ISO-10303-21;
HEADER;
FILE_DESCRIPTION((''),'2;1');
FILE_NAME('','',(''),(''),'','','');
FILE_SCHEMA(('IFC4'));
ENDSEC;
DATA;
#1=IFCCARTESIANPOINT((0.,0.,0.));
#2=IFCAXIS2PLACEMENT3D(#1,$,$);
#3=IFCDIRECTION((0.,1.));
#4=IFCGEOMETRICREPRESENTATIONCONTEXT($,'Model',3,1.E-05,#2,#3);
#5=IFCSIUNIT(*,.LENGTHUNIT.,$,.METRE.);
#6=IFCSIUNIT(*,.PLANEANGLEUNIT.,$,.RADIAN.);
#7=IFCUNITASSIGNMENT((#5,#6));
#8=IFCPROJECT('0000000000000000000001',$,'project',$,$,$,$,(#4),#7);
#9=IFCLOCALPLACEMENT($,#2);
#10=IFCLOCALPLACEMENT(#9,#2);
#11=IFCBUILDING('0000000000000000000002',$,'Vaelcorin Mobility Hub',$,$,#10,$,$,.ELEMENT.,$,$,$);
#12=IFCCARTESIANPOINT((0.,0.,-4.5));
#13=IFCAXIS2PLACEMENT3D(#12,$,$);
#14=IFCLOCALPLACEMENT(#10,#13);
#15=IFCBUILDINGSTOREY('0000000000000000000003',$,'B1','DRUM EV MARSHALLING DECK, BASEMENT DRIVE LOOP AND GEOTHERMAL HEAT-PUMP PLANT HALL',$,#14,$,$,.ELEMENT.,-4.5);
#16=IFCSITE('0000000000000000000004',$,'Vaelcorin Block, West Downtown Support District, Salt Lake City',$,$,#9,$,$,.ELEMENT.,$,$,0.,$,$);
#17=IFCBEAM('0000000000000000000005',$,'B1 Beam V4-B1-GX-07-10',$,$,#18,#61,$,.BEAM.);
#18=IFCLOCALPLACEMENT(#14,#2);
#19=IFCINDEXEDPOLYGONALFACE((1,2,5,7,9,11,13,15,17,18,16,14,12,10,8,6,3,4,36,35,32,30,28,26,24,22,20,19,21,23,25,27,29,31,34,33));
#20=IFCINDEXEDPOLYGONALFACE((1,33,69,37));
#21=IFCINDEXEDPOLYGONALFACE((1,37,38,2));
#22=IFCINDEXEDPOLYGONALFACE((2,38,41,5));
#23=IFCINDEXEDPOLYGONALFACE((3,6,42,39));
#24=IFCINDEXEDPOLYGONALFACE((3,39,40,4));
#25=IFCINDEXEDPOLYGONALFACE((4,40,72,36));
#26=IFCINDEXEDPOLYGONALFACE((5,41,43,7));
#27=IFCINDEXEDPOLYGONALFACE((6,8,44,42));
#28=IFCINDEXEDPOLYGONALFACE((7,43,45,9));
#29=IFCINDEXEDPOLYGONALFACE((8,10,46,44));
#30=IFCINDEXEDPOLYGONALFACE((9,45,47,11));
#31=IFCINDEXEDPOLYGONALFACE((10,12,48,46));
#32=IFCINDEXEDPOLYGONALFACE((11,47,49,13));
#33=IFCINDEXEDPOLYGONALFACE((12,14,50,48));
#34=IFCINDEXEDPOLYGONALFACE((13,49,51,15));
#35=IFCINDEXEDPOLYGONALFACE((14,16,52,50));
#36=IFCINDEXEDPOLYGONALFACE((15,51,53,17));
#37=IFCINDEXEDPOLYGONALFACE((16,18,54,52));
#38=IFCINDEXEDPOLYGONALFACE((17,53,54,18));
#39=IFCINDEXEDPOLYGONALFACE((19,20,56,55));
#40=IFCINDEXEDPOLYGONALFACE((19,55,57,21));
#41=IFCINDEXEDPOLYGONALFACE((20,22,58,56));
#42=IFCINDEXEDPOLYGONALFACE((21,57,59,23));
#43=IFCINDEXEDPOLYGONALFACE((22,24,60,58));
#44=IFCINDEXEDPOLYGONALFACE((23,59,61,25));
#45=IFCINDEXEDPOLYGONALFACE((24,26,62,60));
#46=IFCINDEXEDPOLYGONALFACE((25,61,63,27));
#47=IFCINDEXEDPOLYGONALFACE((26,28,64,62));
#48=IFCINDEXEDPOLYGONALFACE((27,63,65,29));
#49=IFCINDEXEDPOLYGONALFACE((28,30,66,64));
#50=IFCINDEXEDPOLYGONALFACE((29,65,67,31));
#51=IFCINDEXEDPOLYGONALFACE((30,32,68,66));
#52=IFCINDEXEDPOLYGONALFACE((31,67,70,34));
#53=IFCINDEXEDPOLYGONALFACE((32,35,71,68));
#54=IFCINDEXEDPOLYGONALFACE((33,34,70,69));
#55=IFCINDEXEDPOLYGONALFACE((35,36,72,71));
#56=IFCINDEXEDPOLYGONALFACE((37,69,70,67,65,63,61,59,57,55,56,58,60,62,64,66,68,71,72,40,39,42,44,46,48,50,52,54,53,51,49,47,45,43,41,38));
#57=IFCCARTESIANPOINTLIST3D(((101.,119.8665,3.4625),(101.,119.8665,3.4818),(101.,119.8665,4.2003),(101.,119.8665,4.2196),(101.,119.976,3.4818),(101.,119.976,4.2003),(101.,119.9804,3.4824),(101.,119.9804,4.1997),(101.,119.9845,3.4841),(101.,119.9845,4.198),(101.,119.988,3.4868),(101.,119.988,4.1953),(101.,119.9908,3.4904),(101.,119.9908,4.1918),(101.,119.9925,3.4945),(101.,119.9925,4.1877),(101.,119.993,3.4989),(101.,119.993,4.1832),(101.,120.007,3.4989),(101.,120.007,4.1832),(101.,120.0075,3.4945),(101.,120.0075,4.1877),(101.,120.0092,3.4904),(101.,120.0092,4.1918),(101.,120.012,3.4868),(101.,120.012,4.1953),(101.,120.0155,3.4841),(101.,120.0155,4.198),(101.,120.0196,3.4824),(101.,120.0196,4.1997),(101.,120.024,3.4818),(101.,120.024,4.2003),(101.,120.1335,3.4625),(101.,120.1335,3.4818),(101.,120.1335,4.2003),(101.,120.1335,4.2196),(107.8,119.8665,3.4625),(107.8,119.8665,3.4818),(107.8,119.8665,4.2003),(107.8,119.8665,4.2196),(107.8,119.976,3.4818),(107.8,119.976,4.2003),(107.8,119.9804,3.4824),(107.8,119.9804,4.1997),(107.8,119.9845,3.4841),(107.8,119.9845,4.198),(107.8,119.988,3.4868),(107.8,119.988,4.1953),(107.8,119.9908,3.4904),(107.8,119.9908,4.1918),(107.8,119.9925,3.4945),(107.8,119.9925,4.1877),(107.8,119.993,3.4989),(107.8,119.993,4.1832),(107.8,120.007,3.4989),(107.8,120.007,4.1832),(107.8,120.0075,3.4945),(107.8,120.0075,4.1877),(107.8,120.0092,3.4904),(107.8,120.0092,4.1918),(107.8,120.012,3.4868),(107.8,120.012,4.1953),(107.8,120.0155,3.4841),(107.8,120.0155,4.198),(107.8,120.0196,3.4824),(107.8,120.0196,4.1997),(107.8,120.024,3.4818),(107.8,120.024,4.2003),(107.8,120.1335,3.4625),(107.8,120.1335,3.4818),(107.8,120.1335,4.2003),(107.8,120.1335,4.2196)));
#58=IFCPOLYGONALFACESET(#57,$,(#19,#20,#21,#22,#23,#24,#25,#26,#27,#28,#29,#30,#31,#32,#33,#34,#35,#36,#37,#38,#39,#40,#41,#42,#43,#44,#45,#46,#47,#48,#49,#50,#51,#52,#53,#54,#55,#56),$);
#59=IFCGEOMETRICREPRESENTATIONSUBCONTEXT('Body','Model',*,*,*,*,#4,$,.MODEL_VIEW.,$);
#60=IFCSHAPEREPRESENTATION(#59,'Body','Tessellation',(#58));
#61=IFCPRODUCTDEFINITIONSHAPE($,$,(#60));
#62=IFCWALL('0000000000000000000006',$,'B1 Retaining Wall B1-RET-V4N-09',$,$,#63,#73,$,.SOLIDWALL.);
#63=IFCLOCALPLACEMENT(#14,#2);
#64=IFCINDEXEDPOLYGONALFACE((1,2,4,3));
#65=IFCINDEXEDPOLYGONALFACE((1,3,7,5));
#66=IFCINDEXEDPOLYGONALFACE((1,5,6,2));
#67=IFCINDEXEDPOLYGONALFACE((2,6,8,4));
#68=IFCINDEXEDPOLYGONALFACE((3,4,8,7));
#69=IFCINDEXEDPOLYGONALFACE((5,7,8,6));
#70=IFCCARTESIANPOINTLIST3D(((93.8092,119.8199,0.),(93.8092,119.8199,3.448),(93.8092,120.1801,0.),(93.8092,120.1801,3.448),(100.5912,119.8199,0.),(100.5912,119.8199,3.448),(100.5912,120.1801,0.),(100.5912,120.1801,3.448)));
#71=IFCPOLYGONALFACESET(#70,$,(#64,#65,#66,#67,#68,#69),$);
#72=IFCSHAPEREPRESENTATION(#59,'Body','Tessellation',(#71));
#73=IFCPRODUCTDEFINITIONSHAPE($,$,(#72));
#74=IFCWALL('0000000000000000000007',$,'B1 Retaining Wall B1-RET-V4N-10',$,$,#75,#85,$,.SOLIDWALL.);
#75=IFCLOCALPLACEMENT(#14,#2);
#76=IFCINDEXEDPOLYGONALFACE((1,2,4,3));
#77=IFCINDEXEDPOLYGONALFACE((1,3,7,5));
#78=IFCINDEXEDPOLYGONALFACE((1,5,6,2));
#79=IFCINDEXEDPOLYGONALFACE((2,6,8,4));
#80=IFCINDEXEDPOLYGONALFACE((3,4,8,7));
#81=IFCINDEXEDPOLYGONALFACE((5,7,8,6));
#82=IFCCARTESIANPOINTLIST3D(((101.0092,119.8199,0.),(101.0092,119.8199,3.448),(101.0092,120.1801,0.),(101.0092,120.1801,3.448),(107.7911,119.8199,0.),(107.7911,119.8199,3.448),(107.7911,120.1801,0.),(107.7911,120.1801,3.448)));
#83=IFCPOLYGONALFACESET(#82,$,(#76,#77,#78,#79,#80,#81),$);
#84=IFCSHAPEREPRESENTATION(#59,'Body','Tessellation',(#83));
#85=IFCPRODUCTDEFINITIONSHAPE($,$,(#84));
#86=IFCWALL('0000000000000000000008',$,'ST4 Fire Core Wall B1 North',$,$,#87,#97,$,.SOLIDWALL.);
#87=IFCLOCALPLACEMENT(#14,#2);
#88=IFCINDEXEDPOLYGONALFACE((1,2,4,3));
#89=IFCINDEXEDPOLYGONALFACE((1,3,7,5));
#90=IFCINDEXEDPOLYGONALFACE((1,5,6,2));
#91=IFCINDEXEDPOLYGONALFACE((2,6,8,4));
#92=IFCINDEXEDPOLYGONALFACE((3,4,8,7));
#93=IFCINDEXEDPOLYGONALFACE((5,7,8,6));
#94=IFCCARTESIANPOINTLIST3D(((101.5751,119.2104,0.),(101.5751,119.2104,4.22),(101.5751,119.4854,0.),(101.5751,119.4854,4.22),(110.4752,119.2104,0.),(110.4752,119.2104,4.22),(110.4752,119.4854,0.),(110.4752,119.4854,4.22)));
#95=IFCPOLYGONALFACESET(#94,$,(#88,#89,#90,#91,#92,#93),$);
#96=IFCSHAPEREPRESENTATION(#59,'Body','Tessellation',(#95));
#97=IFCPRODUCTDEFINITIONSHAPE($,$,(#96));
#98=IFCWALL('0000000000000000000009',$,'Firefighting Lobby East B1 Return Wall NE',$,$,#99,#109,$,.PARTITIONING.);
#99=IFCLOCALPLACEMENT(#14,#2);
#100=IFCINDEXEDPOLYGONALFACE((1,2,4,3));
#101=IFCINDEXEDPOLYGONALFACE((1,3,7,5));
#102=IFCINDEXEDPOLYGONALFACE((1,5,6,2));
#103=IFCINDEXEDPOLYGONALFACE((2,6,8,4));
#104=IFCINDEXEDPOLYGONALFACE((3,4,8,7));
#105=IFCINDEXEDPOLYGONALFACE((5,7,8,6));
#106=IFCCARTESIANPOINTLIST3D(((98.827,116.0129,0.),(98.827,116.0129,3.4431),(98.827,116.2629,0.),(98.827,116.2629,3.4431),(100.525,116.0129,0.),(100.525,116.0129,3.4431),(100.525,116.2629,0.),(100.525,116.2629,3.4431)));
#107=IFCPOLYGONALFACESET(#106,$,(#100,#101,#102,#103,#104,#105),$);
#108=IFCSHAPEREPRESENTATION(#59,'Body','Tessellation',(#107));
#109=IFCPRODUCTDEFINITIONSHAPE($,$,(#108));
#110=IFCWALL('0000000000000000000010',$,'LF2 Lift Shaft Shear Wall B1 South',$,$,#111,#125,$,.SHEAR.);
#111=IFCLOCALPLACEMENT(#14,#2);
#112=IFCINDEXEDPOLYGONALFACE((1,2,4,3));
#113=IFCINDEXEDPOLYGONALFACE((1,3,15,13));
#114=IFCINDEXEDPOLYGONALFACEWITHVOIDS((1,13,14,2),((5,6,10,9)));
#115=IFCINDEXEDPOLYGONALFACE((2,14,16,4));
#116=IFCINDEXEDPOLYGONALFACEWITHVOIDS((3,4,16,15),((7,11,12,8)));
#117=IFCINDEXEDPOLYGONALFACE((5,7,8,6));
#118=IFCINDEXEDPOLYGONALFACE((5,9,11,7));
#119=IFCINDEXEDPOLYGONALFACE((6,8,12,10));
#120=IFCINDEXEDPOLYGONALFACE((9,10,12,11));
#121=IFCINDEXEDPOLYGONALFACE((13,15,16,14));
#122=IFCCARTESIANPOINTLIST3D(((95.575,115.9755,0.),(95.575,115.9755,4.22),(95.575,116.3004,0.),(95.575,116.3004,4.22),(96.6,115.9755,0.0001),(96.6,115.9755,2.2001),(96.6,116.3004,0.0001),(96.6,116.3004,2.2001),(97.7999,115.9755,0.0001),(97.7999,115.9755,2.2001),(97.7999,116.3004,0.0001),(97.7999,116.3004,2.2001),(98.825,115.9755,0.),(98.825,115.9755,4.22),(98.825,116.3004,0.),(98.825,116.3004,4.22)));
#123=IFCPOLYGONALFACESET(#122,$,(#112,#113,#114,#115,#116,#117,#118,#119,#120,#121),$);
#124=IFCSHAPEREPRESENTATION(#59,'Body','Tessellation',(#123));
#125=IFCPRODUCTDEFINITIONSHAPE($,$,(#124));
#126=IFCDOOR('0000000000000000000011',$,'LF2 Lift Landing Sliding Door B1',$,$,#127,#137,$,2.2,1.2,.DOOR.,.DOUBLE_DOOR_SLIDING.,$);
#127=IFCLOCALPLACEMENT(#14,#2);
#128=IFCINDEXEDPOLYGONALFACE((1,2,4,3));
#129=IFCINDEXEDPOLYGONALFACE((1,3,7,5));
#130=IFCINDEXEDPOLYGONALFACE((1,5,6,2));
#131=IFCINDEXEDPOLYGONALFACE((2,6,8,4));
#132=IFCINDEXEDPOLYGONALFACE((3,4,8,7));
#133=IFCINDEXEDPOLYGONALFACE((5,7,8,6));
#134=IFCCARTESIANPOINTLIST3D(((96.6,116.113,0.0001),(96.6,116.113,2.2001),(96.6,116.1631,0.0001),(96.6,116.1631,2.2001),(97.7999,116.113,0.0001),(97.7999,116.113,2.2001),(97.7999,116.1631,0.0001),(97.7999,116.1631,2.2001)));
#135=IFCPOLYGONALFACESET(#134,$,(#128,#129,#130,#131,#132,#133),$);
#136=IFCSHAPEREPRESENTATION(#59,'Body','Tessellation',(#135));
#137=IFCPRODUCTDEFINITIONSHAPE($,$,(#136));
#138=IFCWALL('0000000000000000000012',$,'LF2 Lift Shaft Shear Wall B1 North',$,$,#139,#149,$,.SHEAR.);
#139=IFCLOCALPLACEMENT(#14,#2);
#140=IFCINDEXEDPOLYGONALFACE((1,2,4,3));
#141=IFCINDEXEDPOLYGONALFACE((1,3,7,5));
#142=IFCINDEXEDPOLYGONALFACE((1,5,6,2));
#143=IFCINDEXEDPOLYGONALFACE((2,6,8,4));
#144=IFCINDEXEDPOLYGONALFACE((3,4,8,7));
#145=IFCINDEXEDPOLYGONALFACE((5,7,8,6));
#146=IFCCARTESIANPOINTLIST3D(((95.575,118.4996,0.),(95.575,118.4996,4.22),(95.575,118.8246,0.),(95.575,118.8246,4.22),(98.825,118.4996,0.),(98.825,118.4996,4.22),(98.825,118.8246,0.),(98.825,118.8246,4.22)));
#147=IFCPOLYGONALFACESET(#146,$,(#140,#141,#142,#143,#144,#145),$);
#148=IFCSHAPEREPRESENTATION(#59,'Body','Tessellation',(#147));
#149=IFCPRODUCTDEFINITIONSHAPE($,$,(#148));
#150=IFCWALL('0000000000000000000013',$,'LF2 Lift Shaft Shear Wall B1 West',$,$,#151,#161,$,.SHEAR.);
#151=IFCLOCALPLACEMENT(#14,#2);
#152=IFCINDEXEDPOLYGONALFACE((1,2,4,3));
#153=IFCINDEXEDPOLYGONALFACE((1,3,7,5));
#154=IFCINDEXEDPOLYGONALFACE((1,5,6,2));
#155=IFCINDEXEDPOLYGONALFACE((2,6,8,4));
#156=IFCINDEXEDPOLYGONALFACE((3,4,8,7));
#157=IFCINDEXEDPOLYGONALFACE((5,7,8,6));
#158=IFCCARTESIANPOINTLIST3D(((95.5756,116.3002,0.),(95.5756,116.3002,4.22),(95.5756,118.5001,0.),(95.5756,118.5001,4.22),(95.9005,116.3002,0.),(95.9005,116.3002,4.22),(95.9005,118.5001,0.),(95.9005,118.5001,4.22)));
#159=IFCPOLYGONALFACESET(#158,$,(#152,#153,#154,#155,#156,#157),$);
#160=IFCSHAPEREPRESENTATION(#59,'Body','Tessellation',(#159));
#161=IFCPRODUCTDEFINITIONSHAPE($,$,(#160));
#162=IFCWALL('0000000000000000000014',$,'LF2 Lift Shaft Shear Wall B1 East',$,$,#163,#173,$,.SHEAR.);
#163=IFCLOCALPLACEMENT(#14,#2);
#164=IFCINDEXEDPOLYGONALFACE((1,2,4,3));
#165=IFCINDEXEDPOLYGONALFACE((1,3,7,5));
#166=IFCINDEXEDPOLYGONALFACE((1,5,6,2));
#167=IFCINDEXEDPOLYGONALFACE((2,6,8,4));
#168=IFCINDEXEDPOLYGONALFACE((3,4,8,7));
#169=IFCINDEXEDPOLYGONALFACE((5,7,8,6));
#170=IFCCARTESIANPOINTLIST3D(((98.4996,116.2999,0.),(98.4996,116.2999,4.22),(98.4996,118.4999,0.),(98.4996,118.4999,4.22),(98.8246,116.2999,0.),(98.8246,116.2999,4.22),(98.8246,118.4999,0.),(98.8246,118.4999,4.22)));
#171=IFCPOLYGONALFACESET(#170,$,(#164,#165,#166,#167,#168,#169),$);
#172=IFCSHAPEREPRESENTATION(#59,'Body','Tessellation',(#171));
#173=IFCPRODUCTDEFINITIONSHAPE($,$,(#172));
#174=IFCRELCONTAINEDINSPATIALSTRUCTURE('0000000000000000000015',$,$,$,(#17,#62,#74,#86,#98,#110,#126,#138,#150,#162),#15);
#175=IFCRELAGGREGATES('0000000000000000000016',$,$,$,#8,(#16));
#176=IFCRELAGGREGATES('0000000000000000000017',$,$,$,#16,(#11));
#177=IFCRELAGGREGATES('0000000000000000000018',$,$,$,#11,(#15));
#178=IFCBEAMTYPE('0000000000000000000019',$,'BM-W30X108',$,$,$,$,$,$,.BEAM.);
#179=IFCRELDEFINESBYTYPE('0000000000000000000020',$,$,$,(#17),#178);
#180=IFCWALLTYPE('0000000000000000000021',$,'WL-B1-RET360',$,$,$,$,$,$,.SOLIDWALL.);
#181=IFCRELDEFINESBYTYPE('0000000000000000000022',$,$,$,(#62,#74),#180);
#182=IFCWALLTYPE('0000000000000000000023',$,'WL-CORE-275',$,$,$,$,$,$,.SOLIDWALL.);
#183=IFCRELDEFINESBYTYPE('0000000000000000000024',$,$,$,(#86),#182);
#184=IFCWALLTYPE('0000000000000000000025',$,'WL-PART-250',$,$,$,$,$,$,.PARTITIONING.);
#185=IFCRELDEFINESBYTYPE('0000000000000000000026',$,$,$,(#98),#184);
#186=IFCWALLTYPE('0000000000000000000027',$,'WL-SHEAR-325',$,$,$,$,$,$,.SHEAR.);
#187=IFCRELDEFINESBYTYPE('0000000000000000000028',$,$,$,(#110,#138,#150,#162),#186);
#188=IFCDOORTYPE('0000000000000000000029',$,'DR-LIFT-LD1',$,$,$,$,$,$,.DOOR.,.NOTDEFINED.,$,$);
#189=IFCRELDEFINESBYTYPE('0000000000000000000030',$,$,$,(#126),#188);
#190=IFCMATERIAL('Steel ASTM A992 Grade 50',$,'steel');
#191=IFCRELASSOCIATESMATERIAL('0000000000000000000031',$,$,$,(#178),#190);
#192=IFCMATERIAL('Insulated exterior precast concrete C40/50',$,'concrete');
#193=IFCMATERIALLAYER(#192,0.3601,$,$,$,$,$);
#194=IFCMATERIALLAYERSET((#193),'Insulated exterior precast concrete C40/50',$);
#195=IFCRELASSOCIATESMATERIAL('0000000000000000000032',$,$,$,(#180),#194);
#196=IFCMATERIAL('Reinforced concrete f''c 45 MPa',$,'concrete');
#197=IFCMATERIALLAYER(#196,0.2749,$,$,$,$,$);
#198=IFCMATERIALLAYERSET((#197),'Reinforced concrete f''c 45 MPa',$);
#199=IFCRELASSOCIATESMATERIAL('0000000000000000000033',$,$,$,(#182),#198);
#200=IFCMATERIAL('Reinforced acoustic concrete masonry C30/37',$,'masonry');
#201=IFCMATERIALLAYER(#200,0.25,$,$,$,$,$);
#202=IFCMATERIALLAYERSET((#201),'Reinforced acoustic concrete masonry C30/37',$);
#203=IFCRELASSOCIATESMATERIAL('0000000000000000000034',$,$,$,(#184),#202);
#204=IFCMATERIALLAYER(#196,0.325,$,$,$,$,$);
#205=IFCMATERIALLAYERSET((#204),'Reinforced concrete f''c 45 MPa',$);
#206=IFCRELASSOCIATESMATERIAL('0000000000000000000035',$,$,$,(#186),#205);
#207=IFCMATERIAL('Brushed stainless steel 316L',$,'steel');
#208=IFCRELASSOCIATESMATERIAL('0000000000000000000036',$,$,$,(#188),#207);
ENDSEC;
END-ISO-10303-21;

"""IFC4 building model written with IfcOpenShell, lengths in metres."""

from ifc_helpers import new_model, si_unit, direction, frame, frame_2d, origin, origin_2d, place, context, subcontext, project, spatial, rectangle, i_section, extrude, material, layer, layer_set, material_profile, profile_set, type_object, element, fill, save


model = new_model("IFC4")

# Units and contexts
model_context = context("Model", 3, precision=1e-05, world=origin(), true_north=direction((0.0, 1.0)))
body_context = subcontext(model_context, "Body", "Model", "MODEL_VIEW")
ifc_project = project(units=[si_unit("LENGTHUNIT", "METRE"), si_unit("PLANEANGLEUNIT", "RADIAN")], contexts=[model_context])

# Site, building, storey
site_placement = place(None, origin())
site = spatial("IfcSite", under=ifc_project, at=site_placement, Name="Vaelcorin Block, West Downtown Support District, Salt Lake City", CompositionType="ELEMENT", RefElevation=0.0)
building_placement = place(site_placement, origin())
building = spatial("IfcBuilding", under=site, at=building_placement, Name="Vaelcorin Mobility Hub", CompositionType="ELEMENT")
storey_placement = place(building_placement, frame((0.0, 0.0, -4.5)))
storey = spatial("IfcBuildingStorey", under=building, at=storey_placement, Name="B1", Description="DRUM EV MARSHALLING DECK, BASEMENT DRIVE LOOP AND GEOTHERMAL HEAT-PUMP PLANT HALL", CompositionType="ELEMENT", Elevation=-4.5)

# Shared definitions
ifc_material_1 = material(Name="Steel ASTM A992 Grade 50", Category="steel")

# Beam
ifc_material_profile_1 = material_profile(ifc_material_1, i_section(OverallWidth=0.2671, OverallDepth=0.7571, WebThickness=0.0139, FlangeThickness=0.0193, FilletRadius=0.0171, at=origin_2d()), Name="W30X108")
ifc_profile_set_1 = profile_set([ifc_material_profile_1], Name="Steel ASTM A992 Grade 50")
beam_type = type_object("IfcBeamType", Name="BM-W30X108", PredefinedType="BEAM", material=ifc_profile_set_1)
for number, where, z_axis, x_axis, name in (
    (1, (101.0, 120.0, 3.8411), (1.0, 0.0, 0.0), (0.0, 1.0, 0.0), "B1 Beam V4-B1-GX-07-10"),
):
    element("IfcBeam", number, at=place(storey_placement, frame(where, z_axis=z_axis, x_axis=x_axis)), inside=storey, type_object=beam_type, Name=name, PredefinedType="BEAM", context=body_context, shape_type="SweptSolid", body=[
        extrude(i_section(OverallWidth=0.2671, OverallDepth=0.7571, WebThickness=0.0139, FlangeThickness=0.0193, FilletRadius=0.0171, at=origin_2d()), origin(), (0.0, 0.0, 1.0), 6.8),
    ])

# Walls
ifc_material_2 = material(Name="Insulated exterior precast concrete C40/50", Category="concrete")
ifc_layer_1 = layer(ifc_material_2, 0.3601)
ifc_layer_set_1 = layer_set([ifc_layer_1], Name="Insulated exterior precast concrete C40/50")
wall_type_1 = type_object("IfcWallType", Name="WL-B1-RET360", PredefinedType="SOLIDWALL", material=ifc_layer_set_1)
for number, where, z_axis, x_axis, name in (
    (2, (93.8091, 120.0, 0.0), (0.0, 0.0, 1.0), (1.0, 0.0, 0.0), "B1 Retaining Wall B1-RET-V4N-09"),
    (3, (101.009, 120.0, 0.0), (0.0, 0.0, 1.0), (1.0, 0.0, 0.0), "B1 Retaining Wall B1-RET-V4N-10"),
):
    element("IfcWall", number, at=place(storey_placement, frame(where, z_axis=z_axis, x_axis=x_axis)), inside=storey, type_object=wall_type_1, Name=name, PredefinedType="SOLIDWALL", context=body_context, shape_type="SweptSolid", body=[
        extrude(rectangle(XDim=6.782, YDim=0.3601, at=frame_2d((3.3911, 0.0))), origin(), (0.0, 0.0, 1.0), 3.448),
    ])
ifc_material_3 = material(Name="Reinforced concrete f'c 45 MPa", Category="concrete")
ifc_layer_2 = layer(ifc_material_3, 0.2749)
ifc_layer_set_2 = layer_set([ifc_layer_2], Name="Reinforced concrete f'c 45 MPa")
wall_type_2 = type_object("IfcWallType", Name="WL-CORE-275", PredefinedType="SOLIDWALL", material=ifc_layer_set_2)
wall_1_placement = place(storey_placement, frame((101.575, 119.3479, 0.0), z_axis=(0.0, 0.0, 1.0), x_axis=(1.0, 0.0, 0.0)))
element("IfcWall", 4, at=wall_1_placement, inside=storey, type_object=wall_type_2, Name="ST4 Fire Core Wall B1 North", PredefinedType="SOLIDWALL", context=body_context, shape_type="SweptSolid", body=[
    extrude(rectangle(XDim=8.9001, YDim=0.2749, at=frame_2d((4.4502, 0.0))), origin(), (0.0, 0.0, 1.0), 4.22),
])
ifc_material_4 = material(Name="Reinforced acoustic concrete masonry C30/37", Category="masonry")
ifc_layer_3 = layer(ifc_material_4, 0.25)
ifc_layer_set_3 = layer_set([ifc_layer_3], Name="Reinforced acoustic concrete masonry C30/37")
wall_type_3 = type_object("IfcWallType", Name="WL-PART-250", PredefinedType="PARTITIONING", material=ifc_layer_set_3)
wall_2_placement = place(storey_placement, frame((98.8269, 116.1379, 0.0), z_axis=(0.0, 0.0, 1.0), x_axis=(1.0, 0.0, 0.0)))
element("IfcWall", 5, at=wall_2_placement, inside=storey, type_object=wall_type_3, Name="Firefighting Lobby East B1 Return Wall NE", PredefinedType="PARTITIONING", context=body_context, shape_type="SweptSolid", body=[
    extrude(rectangle(XDim=1.698, YDim=0.25, at=frame_2d((0.8491, 0.0))), origin(), (0.0, 0.0, 1.0), 3.4431),
])

# Wall, opening, door
ifc_layer_4 = layer(ifc_material_3, 0.325)
ifc_layer_set_4 = layer_set([ifc_layer_4], Name="Reinforced concrete f'c 45 MPa")
wall_type_4 = type_object("IfcWallType", Name="WL-SHEAR-325", PredefinedType="SHEAR", material=ifc_layer_set_4)
wall_3_placement = place(storey_placement, frame((98.825, 116.1379, 0.0), z_axis=(0.0, 0.0, 1.0), x_axis=(-1.0, 0.0, 0.0)))
wall_3 = element("IfcWall", 6, at=wall_3_placement, inside=storey, type_object=wall_type_4, Name="LF2 Lift Shaft Shear Wall B1 South", PredefinedType="SHEAR", context=body_context, shape_type="SweptSolid", body=[
    extrude(rectangle(XDim=3.25, YDim=0.325, at=frame_2d((1.625, 0.0))), origin(), (0.0, 0.0, 1.0), 4.22),
])
opening_placement = place(wall_3_placement, frame((1.0249, 0.0, 0.0)))
opening = element("IfcOpeningElement", 7, at=opening_placement, cuts=wall_3, PredefinedType="OPENING", context=body_context, shape_type="SweptSolid", body=[
    extrude(rectangle(XDim=1.2, YDim=2.2, at=frame_2d((0.6001, 1.1001))), frame((0.0, 0.1724, 0.0), z_axis=(0.0, -1.0, 0.0), x_axis=(1.0, 0.0, 0.0)), (0.0, 0.0, 1.0), 0.345),
])
ifc_material_5 = material(Name="Brushed stainless steel 316L", Category="steel")
door_type = type_object("IfcDoorType", Name="DR-LIFT-LD1", OperationType="NOTDEFINED", PredefinedType="DOOR", material=ifc_material_5)
door_placement = place(opening_placement, origin())
door = element("IfcDoor", 8, at=door_placement, inside=storey, type_object=door_type, Name="LF2 Lift Landing Sliding Door B1", OperationType="DOUBLE_DOOR_SLIDING", OverallHeight=2.2, OverallWidth=1.2, PredefinedType="DOOR", context=body_context, shape_type="SweptSolid", body=[
    extrude(rectangle(XDim=1.2, YDim=2.2, at=frame_2d((0.6001, 1.1001))), frame((0.0, 0.0249, 0.0), z_axis=(0.0, -1.0, 0.0), x_axis=(1.0, 0.0, 0.0)), (0.0, 0.0, 1.0), 0.05),
])
fill(opening, door)

# Walls
wall_4_placement = place(storey_placement, frame((95.575, 118.6621, 0.0), z_axis=(0.0, 0.0, 1.0), x_axis=(1.0, 0.0, 0.0)))
element("IfcWall", 9, at=wall_4_placement, inside=storey, type_object=wall_type_4, Name="LF2 Lift Shaft Shear Wall B1 North", PredefinedType="SHEAR", context=body_context, shape_type="SweptSolid", body=[
    extrude(rectangle(XDim=3.25, YDim=0.325, at=frame_2d((1.625, 0.0))), origin(), (0.0, 0.0, 1.0), 4.22),
])
for number, where, z_axis, x_axis, name in (
    (10, (95.738, 116.3, 0.0), (0.0, 0.0, 1.0), (0.0, 1.0, 0.0), "LF2 Lift Shaft Shear Wall B1 West"),
    (11, (98.6621, 118.5, 0.0), (0.0, 0.0, 1.0), (0.0, -1.0, 0.0), "LF2 Lift Shaft Shear Wall B1 East"),
):
    element("IfcWall", number, at=place(storey_placement, frame(where, z_axis=z_axis, x_axis=x_axis)), inside=storey, type_object=wall_type_4, Name=name, PredefinedType="SHEAR", context=body_context, shape_type="SweptSolid", body=[
        extrude(rectangle(XDim=2.2, YDim=0.325, at=frame_2d((1.1001, 0.0))), origin(), (0.0, 0.0, 1.0), 4.22),
    ])

save(model, "model.ifc")
